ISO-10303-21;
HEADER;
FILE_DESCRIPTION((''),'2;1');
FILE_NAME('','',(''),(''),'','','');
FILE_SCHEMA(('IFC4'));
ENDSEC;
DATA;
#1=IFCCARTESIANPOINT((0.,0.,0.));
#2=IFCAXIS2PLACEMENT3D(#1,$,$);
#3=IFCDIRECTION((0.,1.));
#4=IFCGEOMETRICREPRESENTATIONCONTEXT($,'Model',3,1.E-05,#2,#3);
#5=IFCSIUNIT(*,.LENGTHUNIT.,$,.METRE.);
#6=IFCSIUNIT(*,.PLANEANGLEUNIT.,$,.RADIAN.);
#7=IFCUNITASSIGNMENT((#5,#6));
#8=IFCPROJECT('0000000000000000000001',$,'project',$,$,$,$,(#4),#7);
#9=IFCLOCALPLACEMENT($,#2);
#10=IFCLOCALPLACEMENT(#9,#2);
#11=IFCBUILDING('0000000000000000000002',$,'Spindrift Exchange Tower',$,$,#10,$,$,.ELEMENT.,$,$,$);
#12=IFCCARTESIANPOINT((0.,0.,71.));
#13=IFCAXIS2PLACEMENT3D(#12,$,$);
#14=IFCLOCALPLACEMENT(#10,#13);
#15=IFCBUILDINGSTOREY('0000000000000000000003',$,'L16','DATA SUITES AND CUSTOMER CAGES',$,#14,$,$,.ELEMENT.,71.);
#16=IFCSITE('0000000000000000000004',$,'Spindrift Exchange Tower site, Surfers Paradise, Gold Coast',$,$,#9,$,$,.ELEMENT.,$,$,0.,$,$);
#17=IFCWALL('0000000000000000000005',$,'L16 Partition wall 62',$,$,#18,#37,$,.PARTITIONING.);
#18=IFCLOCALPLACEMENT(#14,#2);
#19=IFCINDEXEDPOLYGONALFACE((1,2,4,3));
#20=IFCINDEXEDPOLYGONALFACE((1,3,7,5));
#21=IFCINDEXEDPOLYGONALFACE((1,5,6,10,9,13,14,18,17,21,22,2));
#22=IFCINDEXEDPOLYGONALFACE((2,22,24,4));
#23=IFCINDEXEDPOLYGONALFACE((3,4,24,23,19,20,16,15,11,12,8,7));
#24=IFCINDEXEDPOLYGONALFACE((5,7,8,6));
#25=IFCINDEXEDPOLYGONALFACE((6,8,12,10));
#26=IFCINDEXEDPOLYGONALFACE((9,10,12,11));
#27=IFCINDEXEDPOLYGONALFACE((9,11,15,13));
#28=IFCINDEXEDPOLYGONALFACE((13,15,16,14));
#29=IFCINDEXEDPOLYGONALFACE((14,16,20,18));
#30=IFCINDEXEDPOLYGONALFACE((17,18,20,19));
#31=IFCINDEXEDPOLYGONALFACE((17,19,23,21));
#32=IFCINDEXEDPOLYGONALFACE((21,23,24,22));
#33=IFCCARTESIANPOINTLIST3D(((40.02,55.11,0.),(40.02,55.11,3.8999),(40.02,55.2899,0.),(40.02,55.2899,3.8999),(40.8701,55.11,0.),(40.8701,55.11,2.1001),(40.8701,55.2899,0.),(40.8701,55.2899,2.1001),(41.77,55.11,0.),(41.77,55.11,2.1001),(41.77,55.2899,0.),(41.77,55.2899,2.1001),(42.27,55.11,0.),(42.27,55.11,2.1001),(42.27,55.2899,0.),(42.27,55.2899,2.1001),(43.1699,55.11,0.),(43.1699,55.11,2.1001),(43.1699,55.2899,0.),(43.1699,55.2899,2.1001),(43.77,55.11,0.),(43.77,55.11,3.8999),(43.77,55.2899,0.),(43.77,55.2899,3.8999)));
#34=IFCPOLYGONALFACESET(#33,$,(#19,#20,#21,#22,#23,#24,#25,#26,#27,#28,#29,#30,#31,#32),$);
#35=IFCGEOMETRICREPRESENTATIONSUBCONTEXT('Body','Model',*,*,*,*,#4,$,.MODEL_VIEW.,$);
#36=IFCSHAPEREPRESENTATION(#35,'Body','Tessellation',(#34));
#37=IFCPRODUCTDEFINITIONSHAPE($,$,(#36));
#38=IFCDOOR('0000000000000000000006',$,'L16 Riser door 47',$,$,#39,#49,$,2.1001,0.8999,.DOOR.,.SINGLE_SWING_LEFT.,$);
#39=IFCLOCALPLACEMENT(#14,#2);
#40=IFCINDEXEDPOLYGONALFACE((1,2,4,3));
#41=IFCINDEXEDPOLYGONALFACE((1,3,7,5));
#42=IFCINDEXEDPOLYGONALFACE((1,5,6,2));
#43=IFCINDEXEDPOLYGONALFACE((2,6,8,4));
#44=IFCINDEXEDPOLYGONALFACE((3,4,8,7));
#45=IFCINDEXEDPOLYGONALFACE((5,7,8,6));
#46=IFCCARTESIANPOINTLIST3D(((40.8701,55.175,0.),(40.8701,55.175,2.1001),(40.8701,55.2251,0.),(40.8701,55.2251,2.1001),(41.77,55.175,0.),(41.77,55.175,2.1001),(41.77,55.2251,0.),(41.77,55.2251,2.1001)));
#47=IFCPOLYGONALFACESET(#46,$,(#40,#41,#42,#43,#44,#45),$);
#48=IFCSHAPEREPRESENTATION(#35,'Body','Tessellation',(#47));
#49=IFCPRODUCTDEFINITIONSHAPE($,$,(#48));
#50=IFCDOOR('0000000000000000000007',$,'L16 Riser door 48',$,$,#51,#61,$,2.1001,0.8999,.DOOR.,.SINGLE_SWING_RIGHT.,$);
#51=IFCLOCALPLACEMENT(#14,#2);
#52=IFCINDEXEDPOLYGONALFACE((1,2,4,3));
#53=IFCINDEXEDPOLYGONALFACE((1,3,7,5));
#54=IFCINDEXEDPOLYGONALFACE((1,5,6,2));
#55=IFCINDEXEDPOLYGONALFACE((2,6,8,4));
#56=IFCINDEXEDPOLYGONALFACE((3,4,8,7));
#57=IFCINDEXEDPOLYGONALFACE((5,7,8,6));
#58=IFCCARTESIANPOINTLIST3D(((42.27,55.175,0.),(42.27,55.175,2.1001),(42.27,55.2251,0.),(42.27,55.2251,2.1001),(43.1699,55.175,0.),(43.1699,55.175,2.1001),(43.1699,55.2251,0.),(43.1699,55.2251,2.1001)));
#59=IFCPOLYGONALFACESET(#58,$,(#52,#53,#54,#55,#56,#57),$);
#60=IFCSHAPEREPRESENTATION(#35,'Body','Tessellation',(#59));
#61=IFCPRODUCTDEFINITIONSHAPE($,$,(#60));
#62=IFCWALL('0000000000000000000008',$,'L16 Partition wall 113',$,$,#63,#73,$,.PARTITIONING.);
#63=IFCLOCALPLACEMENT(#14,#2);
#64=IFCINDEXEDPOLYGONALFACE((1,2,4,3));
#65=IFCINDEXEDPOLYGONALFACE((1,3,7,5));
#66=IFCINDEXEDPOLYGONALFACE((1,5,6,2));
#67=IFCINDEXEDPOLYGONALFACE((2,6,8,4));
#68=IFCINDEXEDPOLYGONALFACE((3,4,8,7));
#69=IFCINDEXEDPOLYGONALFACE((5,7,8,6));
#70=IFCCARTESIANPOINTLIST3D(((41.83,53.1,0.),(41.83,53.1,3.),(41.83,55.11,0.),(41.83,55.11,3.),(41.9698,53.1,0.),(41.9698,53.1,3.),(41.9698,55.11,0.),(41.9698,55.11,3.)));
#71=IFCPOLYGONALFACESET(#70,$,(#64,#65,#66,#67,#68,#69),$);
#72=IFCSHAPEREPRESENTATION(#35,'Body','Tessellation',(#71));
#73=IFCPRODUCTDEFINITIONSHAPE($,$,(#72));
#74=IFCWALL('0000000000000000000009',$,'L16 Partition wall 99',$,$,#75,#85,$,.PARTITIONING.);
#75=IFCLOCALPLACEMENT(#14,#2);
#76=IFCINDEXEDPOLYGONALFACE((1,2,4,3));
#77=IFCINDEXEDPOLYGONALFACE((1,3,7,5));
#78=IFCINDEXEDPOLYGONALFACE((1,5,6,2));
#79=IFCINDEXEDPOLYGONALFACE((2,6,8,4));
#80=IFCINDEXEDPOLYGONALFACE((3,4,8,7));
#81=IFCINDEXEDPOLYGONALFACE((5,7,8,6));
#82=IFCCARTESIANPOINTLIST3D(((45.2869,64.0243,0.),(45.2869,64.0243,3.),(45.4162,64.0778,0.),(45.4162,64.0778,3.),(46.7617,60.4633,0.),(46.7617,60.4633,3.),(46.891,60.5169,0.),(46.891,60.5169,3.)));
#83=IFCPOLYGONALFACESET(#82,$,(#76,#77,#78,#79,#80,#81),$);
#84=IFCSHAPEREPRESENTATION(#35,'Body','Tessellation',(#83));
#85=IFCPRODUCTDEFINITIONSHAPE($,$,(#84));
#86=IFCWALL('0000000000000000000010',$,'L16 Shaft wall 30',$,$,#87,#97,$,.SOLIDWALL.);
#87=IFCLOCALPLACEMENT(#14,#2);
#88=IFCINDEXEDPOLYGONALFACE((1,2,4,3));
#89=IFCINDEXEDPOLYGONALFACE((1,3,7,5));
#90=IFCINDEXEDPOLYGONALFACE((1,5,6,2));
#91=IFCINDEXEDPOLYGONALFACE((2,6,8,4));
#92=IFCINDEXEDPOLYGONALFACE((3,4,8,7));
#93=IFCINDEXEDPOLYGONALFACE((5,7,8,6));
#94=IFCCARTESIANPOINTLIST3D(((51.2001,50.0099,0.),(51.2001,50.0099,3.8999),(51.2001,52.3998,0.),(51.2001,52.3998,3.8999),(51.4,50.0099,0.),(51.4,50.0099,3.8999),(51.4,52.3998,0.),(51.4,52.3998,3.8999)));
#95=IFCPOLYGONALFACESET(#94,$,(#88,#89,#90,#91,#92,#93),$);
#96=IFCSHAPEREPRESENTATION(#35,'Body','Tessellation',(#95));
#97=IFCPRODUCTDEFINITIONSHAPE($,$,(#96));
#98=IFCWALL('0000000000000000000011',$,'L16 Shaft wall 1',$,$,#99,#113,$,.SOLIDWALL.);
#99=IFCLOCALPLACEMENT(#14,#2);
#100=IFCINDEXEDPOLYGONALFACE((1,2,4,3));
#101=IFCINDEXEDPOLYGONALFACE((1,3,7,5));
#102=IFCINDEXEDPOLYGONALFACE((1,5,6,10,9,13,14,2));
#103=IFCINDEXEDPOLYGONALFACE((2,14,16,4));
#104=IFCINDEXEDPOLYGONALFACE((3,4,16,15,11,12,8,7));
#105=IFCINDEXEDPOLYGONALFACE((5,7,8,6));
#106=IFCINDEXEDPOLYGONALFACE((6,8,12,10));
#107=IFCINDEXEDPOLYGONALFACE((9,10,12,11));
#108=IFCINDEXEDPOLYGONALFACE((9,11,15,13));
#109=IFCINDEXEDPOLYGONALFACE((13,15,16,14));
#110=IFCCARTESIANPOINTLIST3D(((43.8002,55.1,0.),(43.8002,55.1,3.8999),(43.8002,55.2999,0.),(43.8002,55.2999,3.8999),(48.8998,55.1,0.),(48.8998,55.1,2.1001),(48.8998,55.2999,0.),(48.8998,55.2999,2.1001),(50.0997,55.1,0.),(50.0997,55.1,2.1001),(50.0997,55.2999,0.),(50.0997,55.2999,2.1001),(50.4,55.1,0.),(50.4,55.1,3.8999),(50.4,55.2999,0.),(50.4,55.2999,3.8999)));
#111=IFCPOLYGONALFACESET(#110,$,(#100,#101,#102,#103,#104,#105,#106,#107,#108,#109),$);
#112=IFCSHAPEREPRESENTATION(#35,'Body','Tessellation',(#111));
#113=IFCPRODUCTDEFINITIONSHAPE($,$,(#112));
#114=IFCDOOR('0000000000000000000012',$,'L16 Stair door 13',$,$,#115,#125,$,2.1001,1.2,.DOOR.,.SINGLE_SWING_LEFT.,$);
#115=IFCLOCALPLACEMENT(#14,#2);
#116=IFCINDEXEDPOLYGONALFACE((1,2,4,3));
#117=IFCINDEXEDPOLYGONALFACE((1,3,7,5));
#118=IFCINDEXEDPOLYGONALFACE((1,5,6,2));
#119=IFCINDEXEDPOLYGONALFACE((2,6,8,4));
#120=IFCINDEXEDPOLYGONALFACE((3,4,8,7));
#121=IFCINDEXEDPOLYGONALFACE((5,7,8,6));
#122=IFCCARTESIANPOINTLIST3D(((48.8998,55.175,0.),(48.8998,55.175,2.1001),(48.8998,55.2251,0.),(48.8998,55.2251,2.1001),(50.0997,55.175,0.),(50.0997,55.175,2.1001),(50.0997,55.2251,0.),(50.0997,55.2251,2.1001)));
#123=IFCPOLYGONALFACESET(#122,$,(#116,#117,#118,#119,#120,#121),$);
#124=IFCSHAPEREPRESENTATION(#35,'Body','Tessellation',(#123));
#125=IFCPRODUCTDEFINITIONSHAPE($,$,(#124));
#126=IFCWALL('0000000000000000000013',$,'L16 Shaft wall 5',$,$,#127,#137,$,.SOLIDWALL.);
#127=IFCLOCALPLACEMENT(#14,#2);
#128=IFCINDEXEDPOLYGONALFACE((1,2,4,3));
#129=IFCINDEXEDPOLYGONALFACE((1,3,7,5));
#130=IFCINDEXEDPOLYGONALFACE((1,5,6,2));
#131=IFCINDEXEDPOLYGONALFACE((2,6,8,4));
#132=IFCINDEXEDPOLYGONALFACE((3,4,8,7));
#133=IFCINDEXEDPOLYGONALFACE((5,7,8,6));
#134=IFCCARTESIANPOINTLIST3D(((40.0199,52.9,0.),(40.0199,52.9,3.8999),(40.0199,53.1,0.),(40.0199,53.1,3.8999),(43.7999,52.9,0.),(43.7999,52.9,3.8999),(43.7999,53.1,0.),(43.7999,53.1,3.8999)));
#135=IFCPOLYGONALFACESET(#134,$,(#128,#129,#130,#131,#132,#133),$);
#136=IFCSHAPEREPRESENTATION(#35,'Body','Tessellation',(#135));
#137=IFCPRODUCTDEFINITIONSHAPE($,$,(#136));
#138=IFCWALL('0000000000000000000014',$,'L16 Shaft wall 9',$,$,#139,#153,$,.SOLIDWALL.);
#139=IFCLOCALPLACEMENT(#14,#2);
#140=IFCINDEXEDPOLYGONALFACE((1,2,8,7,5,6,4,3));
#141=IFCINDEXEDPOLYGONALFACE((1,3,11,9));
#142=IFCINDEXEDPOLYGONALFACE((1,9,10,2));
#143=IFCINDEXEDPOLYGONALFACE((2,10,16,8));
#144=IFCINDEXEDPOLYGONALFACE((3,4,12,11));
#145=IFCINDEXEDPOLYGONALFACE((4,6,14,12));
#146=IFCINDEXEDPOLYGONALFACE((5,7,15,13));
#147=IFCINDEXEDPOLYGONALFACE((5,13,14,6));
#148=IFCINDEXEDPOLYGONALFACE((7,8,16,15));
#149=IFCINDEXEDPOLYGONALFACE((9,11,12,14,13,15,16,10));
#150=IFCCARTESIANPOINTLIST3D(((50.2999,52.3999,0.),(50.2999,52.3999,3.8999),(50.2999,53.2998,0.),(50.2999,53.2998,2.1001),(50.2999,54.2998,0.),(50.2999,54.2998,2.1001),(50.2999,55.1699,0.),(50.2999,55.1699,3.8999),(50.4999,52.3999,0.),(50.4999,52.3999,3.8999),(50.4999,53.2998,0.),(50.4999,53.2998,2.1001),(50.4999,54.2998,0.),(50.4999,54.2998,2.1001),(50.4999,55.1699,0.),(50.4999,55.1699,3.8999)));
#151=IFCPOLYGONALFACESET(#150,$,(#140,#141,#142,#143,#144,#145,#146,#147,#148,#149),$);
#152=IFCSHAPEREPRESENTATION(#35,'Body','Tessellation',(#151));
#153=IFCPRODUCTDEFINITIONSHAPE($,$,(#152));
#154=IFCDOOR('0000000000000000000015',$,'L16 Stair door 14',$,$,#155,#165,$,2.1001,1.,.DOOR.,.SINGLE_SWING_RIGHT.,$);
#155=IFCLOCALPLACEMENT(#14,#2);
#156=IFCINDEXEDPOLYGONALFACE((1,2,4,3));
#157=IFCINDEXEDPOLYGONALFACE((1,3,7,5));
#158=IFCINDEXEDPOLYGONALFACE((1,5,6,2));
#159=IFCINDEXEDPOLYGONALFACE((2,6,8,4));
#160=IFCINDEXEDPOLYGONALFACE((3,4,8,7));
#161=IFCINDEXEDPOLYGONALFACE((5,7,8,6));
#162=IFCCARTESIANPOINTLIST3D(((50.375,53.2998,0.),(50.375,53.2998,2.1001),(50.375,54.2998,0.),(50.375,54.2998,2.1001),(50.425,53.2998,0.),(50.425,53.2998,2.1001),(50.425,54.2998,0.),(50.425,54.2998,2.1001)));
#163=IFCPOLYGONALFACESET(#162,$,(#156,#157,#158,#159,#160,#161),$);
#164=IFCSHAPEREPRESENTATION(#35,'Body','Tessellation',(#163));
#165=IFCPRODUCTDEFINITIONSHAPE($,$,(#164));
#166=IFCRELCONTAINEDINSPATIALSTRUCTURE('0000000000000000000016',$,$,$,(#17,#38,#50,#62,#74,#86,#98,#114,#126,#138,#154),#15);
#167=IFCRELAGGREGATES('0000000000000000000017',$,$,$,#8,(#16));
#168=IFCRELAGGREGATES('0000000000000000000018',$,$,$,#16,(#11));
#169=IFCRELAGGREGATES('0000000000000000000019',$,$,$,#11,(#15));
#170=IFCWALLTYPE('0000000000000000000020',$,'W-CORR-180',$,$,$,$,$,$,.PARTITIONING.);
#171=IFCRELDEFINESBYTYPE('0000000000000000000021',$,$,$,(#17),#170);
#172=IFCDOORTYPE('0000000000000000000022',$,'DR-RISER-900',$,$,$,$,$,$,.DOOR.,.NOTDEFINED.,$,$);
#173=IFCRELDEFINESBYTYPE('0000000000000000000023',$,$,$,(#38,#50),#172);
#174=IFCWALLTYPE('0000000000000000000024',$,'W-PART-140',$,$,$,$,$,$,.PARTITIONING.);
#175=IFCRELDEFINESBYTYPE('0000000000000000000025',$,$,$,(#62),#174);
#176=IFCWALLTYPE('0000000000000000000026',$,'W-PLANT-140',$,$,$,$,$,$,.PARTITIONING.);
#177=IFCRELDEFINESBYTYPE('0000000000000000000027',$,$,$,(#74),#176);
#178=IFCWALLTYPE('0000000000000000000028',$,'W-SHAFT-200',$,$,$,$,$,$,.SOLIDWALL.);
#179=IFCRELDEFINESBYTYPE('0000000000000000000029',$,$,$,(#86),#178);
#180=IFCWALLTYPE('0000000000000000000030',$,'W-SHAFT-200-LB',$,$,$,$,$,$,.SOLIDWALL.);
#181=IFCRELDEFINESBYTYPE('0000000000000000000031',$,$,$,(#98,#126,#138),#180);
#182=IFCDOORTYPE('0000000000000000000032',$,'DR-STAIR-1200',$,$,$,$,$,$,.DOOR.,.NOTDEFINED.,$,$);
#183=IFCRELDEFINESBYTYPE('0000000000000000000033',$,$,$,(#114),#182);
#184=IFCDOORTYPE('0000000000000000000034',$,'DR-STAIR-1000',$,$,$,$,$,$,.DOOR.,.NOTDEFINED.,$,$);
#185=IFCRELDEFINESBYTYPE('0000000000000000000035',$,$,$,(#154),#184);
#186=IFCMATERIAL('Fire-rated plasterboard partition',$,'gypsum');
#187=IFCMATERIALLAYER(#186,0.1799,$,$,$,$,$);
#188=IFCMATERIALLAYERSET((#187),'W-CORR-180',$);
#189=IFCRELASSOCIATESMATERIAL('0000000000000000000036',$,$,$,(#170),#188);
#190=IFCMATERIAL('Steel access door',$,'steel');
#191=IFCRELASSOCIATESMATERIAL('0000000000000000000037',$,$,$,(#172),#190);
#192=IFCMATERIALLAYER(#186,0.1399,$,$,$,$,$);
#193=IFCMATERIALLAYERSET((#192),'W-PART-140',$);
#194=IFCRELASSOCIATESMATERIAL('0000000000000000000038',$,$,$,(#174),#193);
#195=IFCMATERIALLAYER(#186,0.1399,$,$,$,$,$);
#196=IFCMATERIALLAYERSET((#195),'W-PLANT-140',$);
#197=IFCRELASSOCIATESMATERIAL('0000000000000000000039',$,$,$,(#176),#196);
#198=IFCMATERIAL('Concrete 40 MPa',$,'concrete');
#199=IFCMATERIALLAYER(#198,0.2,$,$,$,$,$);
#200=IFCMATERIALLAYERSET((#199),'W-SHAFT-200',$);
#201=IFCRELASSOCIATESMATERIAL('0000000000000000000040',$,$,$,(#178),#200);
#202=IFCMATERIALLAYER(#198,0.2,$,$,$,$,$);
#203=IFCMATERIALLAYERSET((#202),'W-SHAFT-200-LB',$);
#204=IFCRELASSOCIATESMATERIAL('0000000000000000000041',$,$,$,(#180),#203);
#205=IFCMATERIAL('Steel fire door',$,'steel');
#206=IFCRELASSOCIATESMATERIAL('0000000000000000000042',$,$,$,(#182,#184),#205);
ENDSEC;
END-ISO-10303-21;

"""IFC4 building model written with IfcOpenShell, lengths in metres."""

from ifc_helpers import new_model, si_unit, direction, frame, frame_2d, origin, place, context, subcontext, project, spatial, rectangle, extrude, source, transform, mapped, material, layer, layer_set, type_object, element, fill, save


model = new_model("IFC4")

# Units and contexts
model_context = context("Model", 3, precision=1e-05, world=origin(), true_north=direction((0.0, 1.0)))
body_context = subcontext(model_context, "Body", "Model", "MODEL_VIEW")
ifc_project = project(units=[si_unit("LENGTHUNIT", "METRE"), si_unit("PLANEANGLEUNIT", "RADIAN")], contexts=[model_context])

# Site, building, storey
site_placement = place(None, origin())
site = spatial("IfcSite", under=ifc_project, at=site_placement, Name="Spindrift Exchange Tower site, Surfers Paradise, Gold Coast", CompositionType="ELEMENT", RefElevation=0.0)
building_placement = place(site_placement, origin())
building = spatial("IfcBuilding", under=site, at=building_placement, Name="Spindrift Exchange Tower", CompositionType="ELEMENT")
storey_placement = place(building_placement, frame((0.0, 0.0, 71.0)))
storey = spatial("IfcBuildingStorey", under=building, at=storey_placement, Name="L16", Description="DATA SUITES AND CUSTOMER CAGES", CompositionType="ELEMENT", Elevation=71.0)

# Wall, openings, doors
ifc_material_1 = material(Name="Fire-rated plasterboard partition", Category="gypsum")
ifc_layer_1 = layer(ifc_material_1, 0.1799)
ifc_layer_set_1 = layer_set([ifc_layer_1], Name="W-CORR-180")
wall_type_1 = type_object("IfcWallType", Name="W-CORR-180", PredefinedType="PARTITIONING", material=ifc_layer_set_1)
wall_1_placement = place(storey_placement, frame((43.77, 55.2, 0.0), z_axis=(0.0, 0.0, 1.0), x_axis=(-1.0, 0.0, 0.0)))
wall_1 = element("IfcWall", 1, at=wall_1_placement, inside=storey, type_object=wall_type_1, Name="L16 Partition wall 62", PredefinedType="PARTITIONING", context=body_context, shape_type="SweptSolid", body=[
    extrude(rectangle(XDim=3.75, YDim=0.1799, at=frame_2d((1.875, 0.0))), origin(), (0.0, 0.0, 1.0), 3.8999),
])
opening_1_placement = place(wall_1_placement, frame((2.0, 0.0, 0.0)))
opening_1 = element("IfcOpeningElement", 2, at=opening_1_placement, cuts=wall_1, PredefinedType="OPENING", context=body_context, shape_type="SweptSolid", body=[
    extrude(rectangle(XDim=0.8999, YDim=2.1001, at=frame_2d((0.45, 1.05))), frame((0.0, 0.0999, 0.0), z_axis=(0.0, -1.0, 0.0), x_axis=(1.0, 0.0, 0.0)), (0.0, 0.0, 1.0), 0.2),
])
opening_2_placement = place(wall_1_placement, frame((0.6001, 0.0, 0.0)))
opening_2 = element("IfcOpeningElement", 3, at=opening_2_placement, cuts=wall_1, PredefinedType="OPENING", context=body_context, shape_type="SweptSolid", body=[
    extrude(rectangle(XDim=0.8999, YDim=2.1001, at=frame_2d((0.45, 1.05))), frame((0.0, 0.0999, 0.0), z_axis=(0.0, -1.0, 0.0), x_axis=(1.0, 0.0, 0.0)), (0.0, 0.0, 1.0), 0.2),
])
ifc_material_2 = material(Name="Steel access door", Category="steel")
door_type_1 = type_object("IfcDoorType", Name="DR-RISER-900", OperationType="NOTDEFINED", PredefinedType="DOOR", material=ifc_material_2)
shared_shape_1 = source(origin(), body_context, "Body", "SweptSolid", [
    extrude(rectangle(XDim=0.8999, YDim=2.1001, at=frame_2d((0.45, 1.05))), frame((0.0, 0.0249, 0.0), z_axis=(0.0, -1.0, 0.0), x_axis=(1.0, 0.0, 0.0)), (0.0, 0.0, 1.0), 0.05),
])
door_1_placement = place(opening_1_placement, origin())
door_1 = element("IfcDoor", 4, at=door_1_placement, inside=storey, type_object=door_type_1, Name="L16 Riser door 47", OperationType="SINGLE_SWING_LEFT", OverallHeight=2.1001, OverallWidth=0.8999, PredefinedType="DOOR", context=body_context, shape_type="MappedRepresentation", body=[
    mapped(shared_shape_1, transform((0.0, 0.0, 0.0), scale=1.0)),
])
fill(opening_1, door_1)
door_2_placement = place(opening_2_placement, origin())
door_2 = element("IfcDoor", 5, at=door_2_placement, inside=storey, type_object=door_type_1, Name="L16 Riser door 48", OperationType="SINGLE_SWING_RIGHT", OverallHeight=2.1001, OverallWidth=0.8999, PredefinedType="DOOR", context=body_context, shape_type="MappedRepresentation", body=[
    mapped(shared_shape_1, transform((0.0, 0.0, 0.0), scale=1.0)),
])
fill(opening_2, door_2)

# Walls
ifc_layer_2 = layer(ifc_material_1, 0.1399)
ifc_layer_set_2 = layer_set([ifc_layer_2], Name="W-PART-140")
wall_type_2 = type_object("IfcWallType", Name="W-PART-140", PredefinedType="PARTITIONING", material=ifc_layer_set_2)
wall_2_placement = place(storey_placement, frame((41.8999, 53.1001, 0.0), z_axis=(0.0, 0.0, 1.0), x_axis=(0.0, 1.0, 0.0)))
element("IfcWall", 6, at=wall_2_placement, inside=storey, type_object=wall_type_2, Name="L16 Partition wall 113", PredefinedType="PARTITIONING", context=body_context, shape_type="SweptSolid", body=[
    extrude(rectangle(XDim=2.01, YDim=0.1399, at=frame_2d((1.0049, 0.0))), origin(), (0.0, 0.0, 1.0), 3.0),
])
ifc_layer_3 = layer(ifc_material_1, 0.1399)
ifc_layer_set_3 = layer_set([ifc_layer_3], Name="W-PLANT-140")
wall_type_3 = type_object("IfcWallType", Name="W-PLANT-140", PredefinedType="PARTITIONING", material=ifc_layer_set_3)
wall_3_placement = place(storey_placement, frame((46.8264, 60.49, 0.0), z_axis=(0.0, 0.0, 1.0), x_axis=(-0.382645, 0.923896, 0.0)))
element("IfcWall", 7, at=wall_3_placement, inside=storey, type_object=wall_type_3, Name="L16 Partition wall 99", PredefinedType="PARTITIONING", context=body_context, shape_type="SweptSolid", body=[
    extrude(rectangle(XDim=3.8542, YDim=0.1399, at=frame_2d((1.9272, 0.0))), origin(), (0.0, 0.0, 1.0), 3.0),
])
ifc_material_3 = material(Name="Concrete 40 MPa", Category="concrete")
ifc_layer_4 = layer(ifc_material_3, 0.2)
ifc_layer_set_4 = layer_set([ifc_layer_4], Name="W-SHAFT-200")
wall_type_4 = type_object("IfcWallType", Name="W-SHAFT-200", PredefinedType="SOLIDWALL", material=ifc_layer_set_4)
wall_4_placement = place(storey_placement, frame((51.3, 50.01, 0.0), z_axis=(0.0, 0.0, 1.0), x_axis=(0.0, 1.0, 0.0)))
element("IfcWall", 8, at=wall_4_placement, inside=storey, type_object=wall_type_4, Name="L16 Shaft wall 30", PredefinedType="SOLIDWALL", context=body_context, shape_type="SweptSolid", body=[
    extrude(rectangle(XDim=2.3899, YDim=0.2, at=frame_2d((1.1948, 0.0))), origin(), (0.0, 0.0, 1.0), 3.8999),
])

# Wall, opening, door
ifc_layer_5 = layer(ifc_material_3, 0.2)
ifc_layer_set_5 = layer_set([ifc_layer_5], Name="W-SHAFT-200-LB")
wall_type_5 = type_object("IfcWallType", Name="W-SHAFT-200-LB", PredefinedType="SOLIDWALL", material=ifc_layer_set_5)
wall_5_placement = place(storey_placement, frame((50.3999, 55.2, 0.0), z_axis=(0.0, 0.0, 1.0), x_axis=(-1.0, 0.0, 0.0)))
wall_5 = element("IfcWall", 9, at=wall_5_placement, inside=storey, type_object=wall_type_5, Name="L16 Shaft wall 1", PredefinedType="SOLIDWALL", context=body_context, shape_type="SweptSolid", body=[
    extrude(rectangle(XDim=6.5999, YDim=0.2, at=frame_2d((3.2998, 0.0))), origin(), (0.0, 0.0, 1.0), 3.8999),
])
opening_3_placement = place(wall_5_placement, frame((0.3, 0.0, 0.0)))
opening_3 = element("IfcOpeningElement", 10, at=opening_3_placement, cuts=wall_5, PredefinedType="OPENING", context=body_context, shape_type="SweptSolid", body=[
    extrude(rectangle(XDim=1.2, YDim=2.1001, at=frame_2d((0.6001, 1.05))), frame((0.0, 0.1099, 0.0), z_axis=(0.0, -1.0, 0.0), x_axis=(1.0, 0.0, 0.0)), (0.0, 0.0, 1.0), 0.22),
])
ifc_material_4 = material(Name="Steel fire door", Category="steel")
door_type_2 = type_object("IfcDoorType", Name="DR-STAIR-1200", OperationType="NOTDEFINED", PredefinedType="DOOR", material=ifc_material_4)
shared_shape_2 = source(origin(), body_context, "Body", "SweptSolid", [
    extrude(rectangle(XDim=1.2, YDim=2.1001, at=frame_2d((0.6001, 1.05))), frame((0.0, 0.0249, 0.0), z_axis=(0.0, -1.0, 0.0), x_axis=(1.0, 0.0, 0.0)), (0.0, 0.0, 1.0), 0.05),
])
door_3_placement = place(opening_3_placement, origin())
door_3 = element("IfcDoor", 11, at=door_3_placement, inside=storey, type_object=door_type_2, Name="L16 Stair door 13", OperationType="SINGLE_SWING_LEFT", OverallHeight=2.1001, OverallWidth=1.2, PredefinedType="DOOR", context=body_context, shape_type="MappedRepresentation", body=[
    mapped(shared_shape_2, transform((0.0, 0.0, 0.0), scale=1.0)),
])
fill(opening_3, door_3)

# Wall
wall_6_placement = place(storey_placement, frame((43.8, 53.0, 0.0), z_axis=(0.0, 0.0, 1.0), x_axis=(-1.0, 0.0, 0.0)))
element("IfcWall", 12, at=wall_6_placement, inside=storey, type_object=wall_type_5, Name="L16 Shaft wall 5", PredefinedType="SOLIDWALL", context=body_context, shape_type="SweptSolid", body=[
    extrude(rectangle(XDim=3.78, YDim=0.2, at=frame_2d((1.8901, 0.0))), origin(), (0.0, 0.0, 1.0), 3.8999),
])

# Wall, opening, door
wall_7_placement = place(storey_placement, frame((50.3999, 52.3999, 0.0), z_axis=(0.0, 0.0, 1.0), x_axis=(0.0, 1.0, 0.0)))
wall_7 = element("IfcWall", 13, at=wall_7_placement, inside=storey, type_object=wall_type_5, Name="L16 Shaft wall 9", PredefinedType="SOLIDWALL", context=body_context, shape_type="SweptSolid", body=[
    extrude(rectangle(XDim=2.77, YDim=0.2, at=frame_2d((1.385, 0.0))), origin(), (0.0, 0.0, 1.0), 3.8999),
])
opening_4_placement = place(wall_7_placement, frame((0.8999, 0.0, 0.0)))
opening_4 = element("IfcOpeningElement", 14, at=opening_4_placement, cuts=wall_7, PredefinedType="OPENING", context=body_context, shape_type="SweptSolid", body=[
    extrude(rectangle(XDim=1.0, YDim=2.1001, at=frame_2d((0.5, 1.05))), frame((0.0, 0.1099, 0.0), z_axis=(0.0, -1.0, 0.0), x_axis=(1.0, 0.0, 0.0)), (0.0, 0.0, 1.0), 0.22),
])
door_type_3 = type_object("IfcDoorType", Name="DR-STAIR-1000", OperationType="NOTDEFINED", PredefinedType="DOOR", material=ifc_material_4)
shared_shape_3 = source(origin(), body_context, "Body", "SweptSolid", [
    extrude(rectangle(XDim=1.0, YDim=2.1001, at=frame_2d((0.5, 1.05))), frame((0.0, 0.0249, 0.0), z_axis=(0.0, -1.0, 0.0), x_axis=(1.0, 0.0, 0.0)), (0.0, 0.0, 1.0), 0.05),
])
door_4_placement = place(opening_4_placement, origin())
door_4 = element("IfcDoor", 15, at=door_4_placement, inside=storey, type_object=door_type_3, Name="L16 Stair door 14", OperationType="SINGLE_SWING_RIGHT", OverallHeight=2.1001, OverallWidth=1.0, PredefinedType="DOOR", context=body_context, shape_type="MappedRepresentation", body=[
    mapped(shared_shape_3, transform((0.0, 0.0, 0.0), scale=1.0)),
])
fill(opening_4, door_4)

save(model, "model.ifc")
